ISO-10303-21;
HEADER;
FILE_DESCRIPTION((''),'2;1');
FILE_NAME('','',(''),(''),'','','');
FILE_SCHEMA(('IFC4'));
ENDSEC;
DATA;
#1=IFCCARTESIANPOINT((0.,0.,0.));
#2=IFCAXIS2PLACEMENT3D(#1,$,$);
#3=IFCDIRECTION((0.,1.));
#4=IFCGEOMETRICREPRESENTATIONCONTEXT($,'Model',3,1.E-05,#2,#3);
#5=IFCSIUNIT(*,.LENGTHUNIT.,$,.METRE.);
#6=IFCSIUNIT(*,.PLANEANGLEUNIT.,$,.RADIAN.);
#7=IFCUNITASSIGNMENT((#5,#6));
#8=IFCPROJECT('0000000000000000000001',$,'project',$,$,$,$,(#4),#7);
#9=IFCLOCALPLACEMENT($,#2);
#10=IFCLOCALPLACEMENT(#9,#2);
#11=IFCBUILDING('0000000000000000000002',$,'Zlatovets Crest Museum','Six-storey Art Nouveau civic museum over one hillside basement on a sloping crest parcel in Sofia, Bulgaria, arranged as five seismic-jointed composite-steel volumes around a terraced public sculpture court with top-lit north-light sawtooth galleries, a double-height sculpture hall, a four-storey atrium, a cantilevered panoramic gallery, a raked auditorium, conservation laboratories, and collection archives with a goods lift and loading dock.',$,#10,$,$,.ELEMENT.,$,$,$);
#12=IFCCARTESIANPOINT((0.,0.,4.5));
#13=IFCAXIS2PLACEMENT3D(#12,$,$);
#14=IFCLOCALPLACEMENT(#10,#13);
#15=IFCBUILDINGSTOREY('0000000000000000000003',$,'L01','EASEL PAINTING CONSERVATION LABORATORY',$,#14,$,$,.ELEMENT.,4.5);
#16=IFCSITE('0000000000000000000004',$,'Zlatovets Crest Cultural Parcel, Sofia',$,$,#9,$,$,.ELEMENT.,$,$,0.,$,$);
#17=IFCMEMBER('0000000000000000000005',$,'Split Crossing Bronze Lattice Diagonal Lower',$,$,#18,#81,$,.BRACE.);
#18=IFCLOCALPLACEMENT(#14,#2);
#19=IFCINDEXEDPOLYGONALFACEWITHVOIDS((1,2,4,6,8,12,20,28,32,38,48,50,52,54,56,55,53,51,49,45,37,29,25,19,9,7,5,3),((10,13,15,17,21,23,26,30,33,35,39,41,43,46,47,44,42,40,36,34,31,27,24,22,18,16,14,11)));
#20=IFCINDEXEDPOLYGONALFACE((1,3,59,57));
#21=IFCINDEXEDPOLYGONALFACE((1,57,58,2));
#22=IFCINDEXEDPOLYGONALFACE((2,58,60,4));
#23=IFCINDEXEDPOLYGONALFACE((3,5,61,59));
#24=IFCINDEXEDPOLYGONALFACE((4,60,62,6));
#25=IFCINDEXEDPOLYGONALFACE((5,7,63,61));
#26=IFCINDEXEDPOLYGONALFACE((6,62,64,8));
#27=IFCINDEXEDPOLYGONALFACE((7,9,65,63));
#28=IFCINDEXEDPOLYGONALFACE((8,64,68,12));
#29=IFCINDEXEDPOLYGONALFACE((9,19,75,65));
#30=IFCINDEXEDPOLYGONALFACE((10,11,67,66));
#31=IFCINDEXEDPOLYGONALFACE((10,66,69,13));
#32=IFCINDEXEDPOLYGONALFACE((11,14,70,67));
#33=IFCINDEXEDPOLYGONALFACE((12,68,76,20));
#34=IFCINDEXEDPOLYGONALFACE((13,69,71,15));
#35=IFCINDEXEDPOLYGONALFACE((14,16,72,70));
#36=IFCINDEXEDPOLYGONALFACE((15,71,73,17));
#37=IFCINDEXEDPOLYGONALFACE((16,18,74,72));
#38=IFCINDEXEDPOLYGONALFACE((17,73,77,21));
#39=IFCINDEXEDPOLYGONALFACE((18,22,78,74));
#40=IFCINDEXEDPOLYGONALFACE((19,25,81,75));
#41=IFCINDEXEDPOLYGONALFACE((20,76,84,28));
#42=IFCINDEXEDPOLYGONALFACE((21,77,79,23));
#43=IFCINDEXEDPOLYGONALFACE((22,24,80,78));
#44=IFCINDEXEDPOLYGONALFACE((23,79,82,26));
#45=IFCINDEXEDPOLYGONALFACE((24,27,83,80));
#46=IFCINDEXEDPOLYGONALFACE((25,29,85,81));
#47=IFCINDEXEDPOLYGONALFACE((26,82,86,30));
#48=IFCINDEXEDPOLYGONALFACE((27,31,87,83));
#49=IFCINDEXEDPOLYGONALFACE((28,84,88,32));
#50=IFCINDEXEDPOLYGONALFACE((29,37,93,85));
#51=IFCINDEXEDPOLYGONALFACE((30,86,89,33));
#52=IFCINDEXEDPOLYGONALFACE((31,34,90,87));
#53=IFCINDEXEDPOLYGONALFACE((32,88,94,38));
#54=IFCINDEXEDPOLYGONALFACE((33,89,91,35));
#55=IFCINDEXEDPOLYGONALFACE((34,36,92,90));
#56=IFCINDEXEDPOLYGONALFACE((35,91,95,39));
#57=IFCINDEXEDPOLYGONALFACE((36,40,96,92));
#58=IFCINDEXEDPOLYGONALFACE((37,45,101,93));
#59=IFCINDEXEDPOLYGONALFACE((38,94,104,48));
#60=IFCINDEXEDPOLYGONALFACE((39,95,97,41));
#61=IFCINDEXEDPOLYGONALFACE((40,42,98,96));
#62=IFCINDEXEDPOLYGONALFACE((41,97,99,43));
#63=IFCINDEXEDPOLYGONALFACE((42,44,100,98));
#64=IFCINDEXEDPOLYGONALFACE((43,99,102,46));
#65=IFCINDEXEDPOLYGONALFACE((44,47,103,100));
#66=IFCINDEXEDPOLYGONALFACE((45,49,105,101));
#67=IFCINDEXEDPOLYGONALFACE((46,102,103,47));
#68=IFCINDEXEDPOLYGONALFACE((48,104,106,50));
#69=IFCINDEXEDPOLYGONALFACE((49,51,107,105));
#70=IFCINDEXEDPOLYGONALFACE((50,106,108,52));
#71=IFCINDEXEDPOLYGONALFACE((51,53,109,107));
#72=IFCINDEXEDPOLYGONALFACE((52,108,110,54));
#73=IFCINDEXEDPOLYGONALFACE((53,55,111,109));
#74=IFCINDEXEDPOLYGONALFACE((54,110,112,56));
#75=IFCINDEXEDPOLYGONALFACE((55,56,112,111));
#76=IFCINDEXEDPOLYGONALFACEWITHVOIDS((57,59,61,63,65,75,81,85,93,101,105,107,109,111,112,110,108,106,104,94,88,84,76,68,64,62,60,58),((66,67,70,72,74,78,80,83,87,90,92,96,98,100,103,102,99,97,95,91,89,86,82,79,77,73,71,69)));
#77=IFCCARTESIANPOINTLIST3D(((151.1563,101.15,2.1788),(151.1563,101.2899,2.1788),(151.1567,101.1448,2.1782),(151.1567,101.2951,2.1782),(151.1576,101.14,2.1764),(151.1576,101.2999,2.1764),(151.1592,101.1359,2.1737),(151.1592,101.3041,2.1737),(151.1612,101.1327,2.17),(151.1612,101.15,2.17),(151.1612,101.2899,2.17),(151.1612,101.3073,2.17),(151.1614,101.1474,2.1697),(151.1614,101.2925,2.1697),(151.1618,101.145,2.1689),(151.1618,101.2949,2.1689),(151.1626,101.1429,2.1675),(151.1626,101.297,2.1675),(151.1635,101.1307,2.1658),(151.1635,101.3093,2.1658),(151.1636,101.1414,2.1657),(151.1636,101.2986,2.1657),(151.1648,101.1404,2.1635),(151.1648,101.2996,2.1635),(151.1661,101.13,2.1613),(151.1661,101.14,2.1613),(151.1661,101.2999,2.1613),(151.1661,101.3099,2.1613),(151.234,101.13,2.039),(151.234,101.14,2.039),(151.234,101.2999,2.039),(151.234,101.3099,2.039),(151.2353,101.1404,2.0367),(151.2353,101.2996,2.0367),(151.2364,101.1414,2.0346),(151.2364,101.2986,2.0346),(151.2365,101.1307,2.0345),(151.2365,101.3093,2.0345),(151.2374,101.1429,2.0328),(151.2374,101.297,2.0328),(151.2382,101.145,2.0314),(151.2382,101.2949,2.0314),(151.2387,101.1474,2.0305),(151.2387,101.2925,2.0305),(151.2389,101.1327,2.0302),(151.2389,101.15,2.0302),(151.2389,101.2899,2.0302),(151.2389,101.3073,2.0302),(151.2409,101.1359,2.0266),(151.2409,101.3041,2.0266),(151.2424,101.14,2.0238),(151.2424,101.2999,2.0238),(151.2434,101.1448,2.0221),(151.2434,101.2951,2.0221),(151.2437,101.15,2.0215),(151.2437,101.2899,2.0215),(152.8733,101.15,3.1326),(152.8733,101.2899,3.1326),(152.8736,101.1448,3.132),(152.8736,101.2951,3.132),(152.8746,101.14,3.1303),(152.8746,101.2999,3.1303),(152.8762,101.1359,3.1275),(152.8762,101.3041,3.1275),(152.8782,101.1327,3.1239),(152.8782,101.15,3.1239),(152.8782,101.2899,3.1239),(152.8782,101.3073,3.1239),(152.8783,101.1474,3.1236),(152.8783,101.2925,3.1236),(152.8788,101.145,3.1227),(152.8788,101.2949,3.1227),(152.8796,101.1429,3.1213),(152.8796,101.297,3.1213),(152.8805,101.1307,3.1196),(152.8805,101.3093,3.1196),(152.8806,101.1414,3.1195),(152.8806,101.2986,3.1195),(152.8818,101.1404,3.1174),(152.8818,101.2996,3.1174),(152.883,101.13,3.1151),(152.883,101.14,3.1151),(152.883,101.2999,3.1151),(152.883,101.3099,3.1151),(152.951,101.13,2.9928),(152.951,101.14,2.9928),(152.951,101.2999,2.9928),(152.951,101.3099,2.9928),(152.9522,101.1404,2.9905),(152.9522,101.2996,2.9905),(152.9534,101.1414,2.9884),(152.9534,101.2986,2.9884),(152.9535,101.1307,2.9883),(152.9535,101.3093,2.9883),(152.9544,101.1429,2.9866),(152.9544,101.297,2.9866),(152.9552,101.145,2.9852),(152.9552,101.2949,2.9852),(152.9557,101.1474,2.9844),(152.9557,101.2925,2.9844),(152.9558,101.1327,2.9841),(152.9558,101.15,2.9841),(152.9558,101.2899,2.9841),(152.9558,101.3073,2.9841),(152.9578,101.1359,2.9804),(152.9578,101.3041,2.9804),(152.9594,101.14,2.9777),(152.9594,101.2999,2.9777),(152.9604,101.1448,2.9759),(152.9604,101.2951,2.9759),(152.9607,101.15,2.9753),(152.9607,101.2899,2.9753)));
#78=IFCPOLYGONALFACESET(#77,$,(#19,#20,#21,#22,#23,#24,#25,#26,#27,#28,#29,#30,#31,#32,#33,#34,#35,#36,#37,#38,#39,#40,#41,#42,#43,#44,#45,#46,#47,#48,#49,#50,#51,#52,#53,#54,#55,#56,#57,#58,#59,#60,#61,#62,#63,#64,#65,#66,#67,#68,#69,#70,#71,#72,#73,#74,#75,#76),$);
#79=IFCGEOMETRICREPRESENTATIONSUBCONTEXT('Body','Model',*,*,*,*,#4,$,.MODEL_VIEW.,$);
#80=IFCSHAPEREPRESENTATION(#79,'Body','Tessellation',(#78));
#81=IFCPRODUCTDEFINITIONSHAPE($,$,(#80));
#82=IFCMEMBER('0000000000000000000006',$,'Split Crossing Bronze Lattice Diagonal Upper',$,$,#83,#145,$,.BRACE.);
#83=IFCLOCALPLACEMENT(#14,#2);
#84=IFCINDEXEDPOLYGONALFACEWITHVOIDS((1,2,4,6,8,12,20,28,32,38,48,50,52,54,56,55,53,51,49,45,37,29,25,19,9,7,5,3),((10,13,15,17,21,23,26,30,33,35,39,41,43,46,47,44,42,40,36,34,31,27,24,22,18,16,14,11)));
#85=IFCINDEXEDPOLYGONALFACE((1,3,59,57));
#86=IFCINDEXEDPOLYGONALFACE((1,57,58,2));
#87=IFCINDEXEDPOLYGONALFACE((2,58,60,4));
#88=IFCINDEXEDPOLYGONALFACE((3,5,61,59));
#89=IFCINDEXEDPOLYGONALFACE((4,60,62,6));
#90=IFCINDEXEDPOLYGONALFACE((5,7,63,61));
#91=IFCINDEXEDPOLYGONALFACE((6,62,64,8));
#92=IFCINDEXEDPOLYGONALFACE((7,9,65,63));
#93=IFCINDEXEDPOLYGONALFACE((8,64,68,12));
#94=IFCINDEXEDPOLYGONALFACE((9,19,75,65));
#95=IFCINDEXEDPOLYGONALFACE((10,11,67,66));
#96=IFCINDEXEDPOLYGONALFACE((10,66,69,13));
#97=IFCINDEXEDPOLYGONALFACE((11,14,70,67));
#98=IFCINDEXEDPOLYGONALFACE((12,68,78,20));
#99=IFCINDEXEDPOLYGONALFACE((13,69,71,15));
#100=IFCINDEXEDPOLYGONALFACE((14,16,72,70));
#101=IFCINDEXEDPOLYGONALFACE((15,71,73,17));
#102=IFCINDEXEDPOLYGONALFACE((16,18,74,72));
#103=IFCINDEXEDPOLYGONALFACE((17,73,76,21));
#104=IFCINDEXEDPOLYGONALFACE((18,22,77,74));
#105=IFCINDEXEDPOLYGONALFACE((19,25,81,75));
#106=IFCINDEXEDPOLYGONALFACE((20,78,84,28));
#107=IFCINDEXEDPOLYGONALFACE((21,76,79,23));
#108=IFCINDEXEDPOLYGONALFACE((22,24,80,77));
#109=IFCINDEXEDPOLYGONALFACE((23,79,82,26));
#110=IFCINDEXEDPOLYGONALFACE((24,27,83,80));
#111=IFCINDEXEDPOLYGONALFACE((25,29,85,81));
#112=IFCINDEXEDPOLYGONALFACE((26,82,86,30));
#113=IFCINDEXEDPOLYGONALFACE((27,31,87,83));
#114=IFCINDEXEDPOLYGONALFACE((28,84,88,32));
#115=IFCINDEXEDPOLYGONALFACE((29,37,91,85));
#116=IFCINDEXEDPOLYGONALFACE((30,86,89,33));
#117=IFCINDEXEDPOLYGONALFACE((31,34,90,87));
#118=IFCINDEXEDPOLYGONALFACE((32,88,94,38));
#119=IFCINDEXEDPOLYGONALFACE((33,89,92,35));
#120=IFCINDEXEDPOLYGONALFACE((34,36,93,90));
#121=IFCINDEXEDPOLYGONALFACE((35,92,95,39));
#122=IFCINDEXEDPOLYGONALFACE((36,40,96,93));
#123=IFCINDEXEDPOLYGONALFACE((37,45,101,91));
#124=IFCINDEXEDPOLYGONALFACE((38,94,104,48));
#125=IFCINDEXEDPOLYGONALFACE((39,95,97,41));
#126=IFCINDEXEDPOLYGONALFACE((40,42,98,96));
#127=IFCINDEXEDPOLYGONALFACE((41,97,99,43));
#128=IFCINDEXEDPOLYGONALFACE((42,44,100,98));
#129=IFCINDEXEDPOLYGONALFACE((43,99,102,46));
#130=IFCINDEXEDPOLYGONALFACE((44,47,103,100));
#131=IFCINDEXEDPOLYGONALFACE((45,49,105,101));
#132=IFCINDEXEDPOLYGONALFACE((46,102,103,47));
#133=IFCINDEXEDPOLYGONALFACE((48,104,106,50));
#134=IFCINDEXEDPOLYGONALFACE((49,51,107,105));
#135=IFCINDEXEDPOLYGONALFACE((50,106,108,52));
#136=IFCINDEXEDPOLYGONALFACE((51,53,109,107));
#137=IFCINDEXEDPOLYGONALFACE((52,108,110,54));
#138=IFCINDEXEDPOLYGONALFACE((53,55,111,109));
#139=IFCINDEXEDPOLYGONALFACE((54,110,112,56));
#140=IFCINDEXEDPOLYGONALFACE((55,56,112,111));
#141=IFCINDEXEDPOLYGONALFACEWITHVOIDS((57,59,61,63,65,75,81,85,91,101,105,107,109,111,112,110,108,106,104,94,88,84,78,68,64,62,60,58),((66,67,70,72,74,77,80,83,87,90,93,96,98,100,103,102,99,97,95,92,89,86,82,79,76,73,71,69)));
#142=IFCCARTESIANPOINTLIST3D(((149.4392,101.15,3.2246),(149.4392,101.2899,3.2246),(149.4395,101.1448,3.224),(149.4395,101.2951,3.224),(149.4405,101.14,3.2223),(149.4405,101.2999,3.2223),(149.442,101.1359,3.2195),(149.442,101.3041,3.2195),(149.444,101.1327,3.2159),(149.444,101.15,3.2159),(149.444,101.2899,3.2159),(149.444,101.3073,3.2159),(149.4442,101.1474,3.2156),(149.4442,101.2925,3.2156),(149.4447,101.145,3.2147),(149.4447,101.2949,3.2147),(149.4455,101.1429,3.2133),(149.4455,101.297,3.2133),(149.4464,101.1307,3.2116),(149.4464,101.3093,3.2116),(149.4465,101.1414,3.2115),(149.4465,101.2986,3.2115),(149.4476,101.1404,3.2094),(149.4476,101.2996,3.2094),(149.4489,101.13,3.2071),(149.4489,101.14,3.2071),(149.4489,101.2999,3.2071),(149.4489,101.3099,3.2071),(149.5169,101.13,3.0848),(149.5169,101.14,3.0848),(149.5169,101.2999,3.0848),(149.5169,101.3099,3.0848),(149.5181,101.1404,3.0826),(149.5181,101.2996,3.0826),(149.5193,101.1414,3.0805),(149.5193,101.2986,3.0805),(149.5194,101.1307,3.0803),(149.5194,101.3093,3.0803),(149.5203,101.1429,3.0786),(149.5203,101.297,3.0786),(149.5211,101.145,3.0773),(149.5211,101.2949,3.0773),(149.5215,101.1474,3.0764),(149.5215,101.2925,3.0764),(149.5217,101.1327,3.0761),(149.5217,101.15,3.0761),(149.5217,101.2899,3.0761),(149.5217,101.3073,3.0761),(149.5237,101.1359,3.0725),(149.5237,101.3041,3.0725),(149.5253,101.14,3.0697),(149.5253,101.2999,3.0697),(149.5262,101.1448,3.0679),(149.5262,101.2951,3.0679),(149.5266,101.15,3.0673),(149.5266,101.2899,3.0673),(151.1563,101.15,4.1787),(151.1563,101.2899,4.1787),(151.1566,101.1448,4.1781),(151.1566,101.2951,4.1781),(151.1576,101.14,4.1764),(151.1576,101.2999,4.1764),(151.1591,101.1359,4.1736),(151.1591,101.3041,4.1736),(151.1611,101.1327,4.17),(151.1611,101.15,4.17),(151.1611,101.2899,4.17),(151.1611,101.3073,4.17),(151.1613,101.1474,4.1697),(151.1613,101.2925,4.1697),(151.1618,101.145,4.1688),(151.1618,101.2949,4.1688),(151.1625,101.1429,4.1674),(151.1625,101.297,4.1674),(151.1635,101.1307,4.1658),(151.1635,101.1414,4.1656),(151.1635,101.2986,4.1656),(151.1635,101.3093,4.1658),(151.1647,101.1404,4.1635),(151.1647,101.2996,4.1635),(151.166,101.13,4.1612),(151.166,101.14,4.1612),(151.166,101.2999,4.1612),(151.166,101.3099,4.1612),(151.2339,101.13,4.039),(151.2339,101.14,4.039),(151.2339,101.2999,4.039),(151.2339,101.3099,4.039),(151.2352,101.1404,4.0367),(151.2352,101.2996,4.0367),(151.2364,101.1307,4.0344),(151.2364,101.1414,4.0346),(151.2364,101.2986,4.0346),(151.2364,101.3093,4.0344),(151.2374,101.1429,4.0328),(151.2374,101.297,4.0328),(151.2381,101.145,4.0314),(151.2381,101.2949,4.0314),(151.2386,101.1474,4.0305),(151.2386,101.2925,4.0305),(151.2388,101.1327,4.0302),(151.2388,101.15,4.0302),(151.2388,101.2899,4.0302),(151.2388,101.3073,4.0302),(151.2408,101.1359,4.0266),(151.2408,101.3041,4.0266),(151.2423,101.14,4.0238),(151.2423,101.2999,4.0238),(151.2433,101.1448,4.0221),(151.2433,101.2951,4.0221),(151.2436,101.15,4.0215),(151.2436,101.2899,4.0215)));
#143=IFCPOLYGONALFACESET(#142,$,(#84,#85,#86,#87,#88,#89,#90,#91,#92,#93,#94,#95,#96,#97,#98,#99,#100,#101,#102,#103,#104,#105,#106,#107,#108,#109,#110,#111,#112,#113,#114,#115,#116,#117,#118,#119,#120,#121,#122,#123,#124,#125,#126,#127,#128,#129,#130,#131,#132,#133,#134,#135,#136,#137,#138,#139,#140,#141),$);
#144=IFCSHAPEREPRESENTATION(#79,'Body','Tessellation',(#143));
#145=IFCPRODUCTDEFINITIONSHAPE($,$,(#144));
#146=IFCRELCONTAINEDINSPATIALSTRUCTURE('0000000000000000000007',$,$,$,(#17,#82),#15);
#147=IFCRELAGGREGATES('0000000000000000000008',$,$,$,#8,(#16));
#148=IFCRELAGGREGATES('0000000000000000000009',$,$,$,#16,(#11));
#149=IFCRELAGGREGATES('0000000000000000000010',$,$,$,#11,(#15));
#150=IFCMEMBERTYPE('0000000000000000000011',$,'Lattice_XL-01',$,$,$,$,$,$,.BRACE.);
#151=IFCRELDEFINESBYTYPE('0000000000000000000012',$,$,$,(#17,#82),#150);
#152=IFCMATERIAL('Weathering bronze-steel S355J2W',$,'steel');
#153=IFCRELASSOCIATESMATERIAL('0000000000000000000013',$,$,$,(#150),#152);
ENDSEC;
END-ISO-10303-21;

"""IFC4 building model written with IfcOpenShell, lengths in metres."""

from ifc_helpers import new_model, si_unit, direction, frame, origin, origin_2d, place, context, subcontext, project, spatial, hollow_rectangle, extrude, material, material_profile, profile_set, type_object, element, save


model = new_model("IFC4")

# Units and contexts
model_context = context("Model", 3, precision=1e-05, world=origin(), true_north=direction((0.0, 1.0)))
body_context = subcontext(model_context, "Body", "Model", "MODEL_VIEW")
ifc_project = project(units=[si_unit("LENGTHUNIT", "METRE"), si_unit("PLANEANGLEUNIT", "RADIAN")], contexts=[model_context])

# Site, building, storey
site_placement = place(None, origin())
site = spatial("IfcSite", under=ifc_project, at=site_placement, Name="Zlatovets Crest Cultural Parcel, Sofia", CompositionType="ELEMENT", RefElevation=0.0)
building_placement = place(site_placement, origin())
building = spatial("IfcBuilding", under=site, at=building_placement, Name="Zlatovets Crest Museum", Description="Six-storey Art Nouveau civic museum over one hillside basement on a sloping crest parcel in Sofia, Bulgaria, arranged as five seismic-jointed composite-steel volumes around a terraced public sculpture court with top-lit north-light sawtooth galleries, a double-height sculpture hall, a four-storey atrium, a cantilevered panoramic gallery, a raked auditorium, conservation laboratories, and collection archives with a goods lift and loading dock.", CompositionType="ELEMENT")
storey_placement = place(building_placement, frame((0.0, 0.0, 4.5)))
storey = spatial("IfcBuildingStorey", under=building, at=storey_placement, Name="L01", Description="EASEL PAINTING CONSERVATION LABORATORY", CompositionType="ELEMENT", Elevation=4.5)

# Members
ifc_material_1 = material(Name="Weathering bronze-steel S355J2W", Category="steel")
ifc_material_profile_1 = material_profile(ifc_material_1, hollow_rectangle(XDim=0.1799, YDim=0.1799, WallThickness=0.01, InnerFilletRadius=0.01, OuterFilletRadius=0.02, at=origin_2d()), Name="SHS 180x180x10.0")
ifc_profile_set_1 = profile_set([ifc_material_profile_1], Name="Weathering bronze-steel S355J2W")
member_type_1 = type_object("IfcMemberType", Name="Lattice_XL-01", PredefinedType="BRACE", material=ifc_profile_set_1)
member_1_placement = place(storey_placement, frame((152.917, 101.22, 3.054), z_axis=(-0.874169, 0.0, -0.485622), x_axis=(0.0, -1.0, 0.0)))
element("IfcMember", 1, at=member_1_placement, inside=storey, type_object=member_type_1, Name="Split Crossing Bronze Lattice Diagonal Lower", PredefinedType="BRACE", context=body_context, shape_type="SweptSolid", body=[
    extrude(hollow_rectangle(XDim=0.1799, YDim=0.1799, WallThickness=0.01, InnerFilletRadius=0.01, OuterFilletRadius=0.02, at=origin_2d()), origin(), (0.0, 0.0, 1.0), 1.9641),
])
member_2_placement = place(storey_placement, frame((151.2, 101.22, 4.1001), z_axis=(-0.874116, 0.0, -0.485717), x_axis=(0.0, -1.0, 0.0)))
element("IfcMember", 2, at=member_2_placement, inside=storey, type_object=member_type_1, Name="Split Crossing Bronze Lattice Diagonal Upper", PredefinedType="BRACE", context=body_context, shape_type="SweptSolid", body=[
    extrude(hollow_rectangle(XDim=0.1799, YDim=0.1799, WallThickness=0.01, InnerFilletRadius=0.01, OuterFilletRadius=0.02, at=origin_2d()), origin(), (0.0, 0.0, 1.0), 1.9644),
])

save(model, "model.ifc")
